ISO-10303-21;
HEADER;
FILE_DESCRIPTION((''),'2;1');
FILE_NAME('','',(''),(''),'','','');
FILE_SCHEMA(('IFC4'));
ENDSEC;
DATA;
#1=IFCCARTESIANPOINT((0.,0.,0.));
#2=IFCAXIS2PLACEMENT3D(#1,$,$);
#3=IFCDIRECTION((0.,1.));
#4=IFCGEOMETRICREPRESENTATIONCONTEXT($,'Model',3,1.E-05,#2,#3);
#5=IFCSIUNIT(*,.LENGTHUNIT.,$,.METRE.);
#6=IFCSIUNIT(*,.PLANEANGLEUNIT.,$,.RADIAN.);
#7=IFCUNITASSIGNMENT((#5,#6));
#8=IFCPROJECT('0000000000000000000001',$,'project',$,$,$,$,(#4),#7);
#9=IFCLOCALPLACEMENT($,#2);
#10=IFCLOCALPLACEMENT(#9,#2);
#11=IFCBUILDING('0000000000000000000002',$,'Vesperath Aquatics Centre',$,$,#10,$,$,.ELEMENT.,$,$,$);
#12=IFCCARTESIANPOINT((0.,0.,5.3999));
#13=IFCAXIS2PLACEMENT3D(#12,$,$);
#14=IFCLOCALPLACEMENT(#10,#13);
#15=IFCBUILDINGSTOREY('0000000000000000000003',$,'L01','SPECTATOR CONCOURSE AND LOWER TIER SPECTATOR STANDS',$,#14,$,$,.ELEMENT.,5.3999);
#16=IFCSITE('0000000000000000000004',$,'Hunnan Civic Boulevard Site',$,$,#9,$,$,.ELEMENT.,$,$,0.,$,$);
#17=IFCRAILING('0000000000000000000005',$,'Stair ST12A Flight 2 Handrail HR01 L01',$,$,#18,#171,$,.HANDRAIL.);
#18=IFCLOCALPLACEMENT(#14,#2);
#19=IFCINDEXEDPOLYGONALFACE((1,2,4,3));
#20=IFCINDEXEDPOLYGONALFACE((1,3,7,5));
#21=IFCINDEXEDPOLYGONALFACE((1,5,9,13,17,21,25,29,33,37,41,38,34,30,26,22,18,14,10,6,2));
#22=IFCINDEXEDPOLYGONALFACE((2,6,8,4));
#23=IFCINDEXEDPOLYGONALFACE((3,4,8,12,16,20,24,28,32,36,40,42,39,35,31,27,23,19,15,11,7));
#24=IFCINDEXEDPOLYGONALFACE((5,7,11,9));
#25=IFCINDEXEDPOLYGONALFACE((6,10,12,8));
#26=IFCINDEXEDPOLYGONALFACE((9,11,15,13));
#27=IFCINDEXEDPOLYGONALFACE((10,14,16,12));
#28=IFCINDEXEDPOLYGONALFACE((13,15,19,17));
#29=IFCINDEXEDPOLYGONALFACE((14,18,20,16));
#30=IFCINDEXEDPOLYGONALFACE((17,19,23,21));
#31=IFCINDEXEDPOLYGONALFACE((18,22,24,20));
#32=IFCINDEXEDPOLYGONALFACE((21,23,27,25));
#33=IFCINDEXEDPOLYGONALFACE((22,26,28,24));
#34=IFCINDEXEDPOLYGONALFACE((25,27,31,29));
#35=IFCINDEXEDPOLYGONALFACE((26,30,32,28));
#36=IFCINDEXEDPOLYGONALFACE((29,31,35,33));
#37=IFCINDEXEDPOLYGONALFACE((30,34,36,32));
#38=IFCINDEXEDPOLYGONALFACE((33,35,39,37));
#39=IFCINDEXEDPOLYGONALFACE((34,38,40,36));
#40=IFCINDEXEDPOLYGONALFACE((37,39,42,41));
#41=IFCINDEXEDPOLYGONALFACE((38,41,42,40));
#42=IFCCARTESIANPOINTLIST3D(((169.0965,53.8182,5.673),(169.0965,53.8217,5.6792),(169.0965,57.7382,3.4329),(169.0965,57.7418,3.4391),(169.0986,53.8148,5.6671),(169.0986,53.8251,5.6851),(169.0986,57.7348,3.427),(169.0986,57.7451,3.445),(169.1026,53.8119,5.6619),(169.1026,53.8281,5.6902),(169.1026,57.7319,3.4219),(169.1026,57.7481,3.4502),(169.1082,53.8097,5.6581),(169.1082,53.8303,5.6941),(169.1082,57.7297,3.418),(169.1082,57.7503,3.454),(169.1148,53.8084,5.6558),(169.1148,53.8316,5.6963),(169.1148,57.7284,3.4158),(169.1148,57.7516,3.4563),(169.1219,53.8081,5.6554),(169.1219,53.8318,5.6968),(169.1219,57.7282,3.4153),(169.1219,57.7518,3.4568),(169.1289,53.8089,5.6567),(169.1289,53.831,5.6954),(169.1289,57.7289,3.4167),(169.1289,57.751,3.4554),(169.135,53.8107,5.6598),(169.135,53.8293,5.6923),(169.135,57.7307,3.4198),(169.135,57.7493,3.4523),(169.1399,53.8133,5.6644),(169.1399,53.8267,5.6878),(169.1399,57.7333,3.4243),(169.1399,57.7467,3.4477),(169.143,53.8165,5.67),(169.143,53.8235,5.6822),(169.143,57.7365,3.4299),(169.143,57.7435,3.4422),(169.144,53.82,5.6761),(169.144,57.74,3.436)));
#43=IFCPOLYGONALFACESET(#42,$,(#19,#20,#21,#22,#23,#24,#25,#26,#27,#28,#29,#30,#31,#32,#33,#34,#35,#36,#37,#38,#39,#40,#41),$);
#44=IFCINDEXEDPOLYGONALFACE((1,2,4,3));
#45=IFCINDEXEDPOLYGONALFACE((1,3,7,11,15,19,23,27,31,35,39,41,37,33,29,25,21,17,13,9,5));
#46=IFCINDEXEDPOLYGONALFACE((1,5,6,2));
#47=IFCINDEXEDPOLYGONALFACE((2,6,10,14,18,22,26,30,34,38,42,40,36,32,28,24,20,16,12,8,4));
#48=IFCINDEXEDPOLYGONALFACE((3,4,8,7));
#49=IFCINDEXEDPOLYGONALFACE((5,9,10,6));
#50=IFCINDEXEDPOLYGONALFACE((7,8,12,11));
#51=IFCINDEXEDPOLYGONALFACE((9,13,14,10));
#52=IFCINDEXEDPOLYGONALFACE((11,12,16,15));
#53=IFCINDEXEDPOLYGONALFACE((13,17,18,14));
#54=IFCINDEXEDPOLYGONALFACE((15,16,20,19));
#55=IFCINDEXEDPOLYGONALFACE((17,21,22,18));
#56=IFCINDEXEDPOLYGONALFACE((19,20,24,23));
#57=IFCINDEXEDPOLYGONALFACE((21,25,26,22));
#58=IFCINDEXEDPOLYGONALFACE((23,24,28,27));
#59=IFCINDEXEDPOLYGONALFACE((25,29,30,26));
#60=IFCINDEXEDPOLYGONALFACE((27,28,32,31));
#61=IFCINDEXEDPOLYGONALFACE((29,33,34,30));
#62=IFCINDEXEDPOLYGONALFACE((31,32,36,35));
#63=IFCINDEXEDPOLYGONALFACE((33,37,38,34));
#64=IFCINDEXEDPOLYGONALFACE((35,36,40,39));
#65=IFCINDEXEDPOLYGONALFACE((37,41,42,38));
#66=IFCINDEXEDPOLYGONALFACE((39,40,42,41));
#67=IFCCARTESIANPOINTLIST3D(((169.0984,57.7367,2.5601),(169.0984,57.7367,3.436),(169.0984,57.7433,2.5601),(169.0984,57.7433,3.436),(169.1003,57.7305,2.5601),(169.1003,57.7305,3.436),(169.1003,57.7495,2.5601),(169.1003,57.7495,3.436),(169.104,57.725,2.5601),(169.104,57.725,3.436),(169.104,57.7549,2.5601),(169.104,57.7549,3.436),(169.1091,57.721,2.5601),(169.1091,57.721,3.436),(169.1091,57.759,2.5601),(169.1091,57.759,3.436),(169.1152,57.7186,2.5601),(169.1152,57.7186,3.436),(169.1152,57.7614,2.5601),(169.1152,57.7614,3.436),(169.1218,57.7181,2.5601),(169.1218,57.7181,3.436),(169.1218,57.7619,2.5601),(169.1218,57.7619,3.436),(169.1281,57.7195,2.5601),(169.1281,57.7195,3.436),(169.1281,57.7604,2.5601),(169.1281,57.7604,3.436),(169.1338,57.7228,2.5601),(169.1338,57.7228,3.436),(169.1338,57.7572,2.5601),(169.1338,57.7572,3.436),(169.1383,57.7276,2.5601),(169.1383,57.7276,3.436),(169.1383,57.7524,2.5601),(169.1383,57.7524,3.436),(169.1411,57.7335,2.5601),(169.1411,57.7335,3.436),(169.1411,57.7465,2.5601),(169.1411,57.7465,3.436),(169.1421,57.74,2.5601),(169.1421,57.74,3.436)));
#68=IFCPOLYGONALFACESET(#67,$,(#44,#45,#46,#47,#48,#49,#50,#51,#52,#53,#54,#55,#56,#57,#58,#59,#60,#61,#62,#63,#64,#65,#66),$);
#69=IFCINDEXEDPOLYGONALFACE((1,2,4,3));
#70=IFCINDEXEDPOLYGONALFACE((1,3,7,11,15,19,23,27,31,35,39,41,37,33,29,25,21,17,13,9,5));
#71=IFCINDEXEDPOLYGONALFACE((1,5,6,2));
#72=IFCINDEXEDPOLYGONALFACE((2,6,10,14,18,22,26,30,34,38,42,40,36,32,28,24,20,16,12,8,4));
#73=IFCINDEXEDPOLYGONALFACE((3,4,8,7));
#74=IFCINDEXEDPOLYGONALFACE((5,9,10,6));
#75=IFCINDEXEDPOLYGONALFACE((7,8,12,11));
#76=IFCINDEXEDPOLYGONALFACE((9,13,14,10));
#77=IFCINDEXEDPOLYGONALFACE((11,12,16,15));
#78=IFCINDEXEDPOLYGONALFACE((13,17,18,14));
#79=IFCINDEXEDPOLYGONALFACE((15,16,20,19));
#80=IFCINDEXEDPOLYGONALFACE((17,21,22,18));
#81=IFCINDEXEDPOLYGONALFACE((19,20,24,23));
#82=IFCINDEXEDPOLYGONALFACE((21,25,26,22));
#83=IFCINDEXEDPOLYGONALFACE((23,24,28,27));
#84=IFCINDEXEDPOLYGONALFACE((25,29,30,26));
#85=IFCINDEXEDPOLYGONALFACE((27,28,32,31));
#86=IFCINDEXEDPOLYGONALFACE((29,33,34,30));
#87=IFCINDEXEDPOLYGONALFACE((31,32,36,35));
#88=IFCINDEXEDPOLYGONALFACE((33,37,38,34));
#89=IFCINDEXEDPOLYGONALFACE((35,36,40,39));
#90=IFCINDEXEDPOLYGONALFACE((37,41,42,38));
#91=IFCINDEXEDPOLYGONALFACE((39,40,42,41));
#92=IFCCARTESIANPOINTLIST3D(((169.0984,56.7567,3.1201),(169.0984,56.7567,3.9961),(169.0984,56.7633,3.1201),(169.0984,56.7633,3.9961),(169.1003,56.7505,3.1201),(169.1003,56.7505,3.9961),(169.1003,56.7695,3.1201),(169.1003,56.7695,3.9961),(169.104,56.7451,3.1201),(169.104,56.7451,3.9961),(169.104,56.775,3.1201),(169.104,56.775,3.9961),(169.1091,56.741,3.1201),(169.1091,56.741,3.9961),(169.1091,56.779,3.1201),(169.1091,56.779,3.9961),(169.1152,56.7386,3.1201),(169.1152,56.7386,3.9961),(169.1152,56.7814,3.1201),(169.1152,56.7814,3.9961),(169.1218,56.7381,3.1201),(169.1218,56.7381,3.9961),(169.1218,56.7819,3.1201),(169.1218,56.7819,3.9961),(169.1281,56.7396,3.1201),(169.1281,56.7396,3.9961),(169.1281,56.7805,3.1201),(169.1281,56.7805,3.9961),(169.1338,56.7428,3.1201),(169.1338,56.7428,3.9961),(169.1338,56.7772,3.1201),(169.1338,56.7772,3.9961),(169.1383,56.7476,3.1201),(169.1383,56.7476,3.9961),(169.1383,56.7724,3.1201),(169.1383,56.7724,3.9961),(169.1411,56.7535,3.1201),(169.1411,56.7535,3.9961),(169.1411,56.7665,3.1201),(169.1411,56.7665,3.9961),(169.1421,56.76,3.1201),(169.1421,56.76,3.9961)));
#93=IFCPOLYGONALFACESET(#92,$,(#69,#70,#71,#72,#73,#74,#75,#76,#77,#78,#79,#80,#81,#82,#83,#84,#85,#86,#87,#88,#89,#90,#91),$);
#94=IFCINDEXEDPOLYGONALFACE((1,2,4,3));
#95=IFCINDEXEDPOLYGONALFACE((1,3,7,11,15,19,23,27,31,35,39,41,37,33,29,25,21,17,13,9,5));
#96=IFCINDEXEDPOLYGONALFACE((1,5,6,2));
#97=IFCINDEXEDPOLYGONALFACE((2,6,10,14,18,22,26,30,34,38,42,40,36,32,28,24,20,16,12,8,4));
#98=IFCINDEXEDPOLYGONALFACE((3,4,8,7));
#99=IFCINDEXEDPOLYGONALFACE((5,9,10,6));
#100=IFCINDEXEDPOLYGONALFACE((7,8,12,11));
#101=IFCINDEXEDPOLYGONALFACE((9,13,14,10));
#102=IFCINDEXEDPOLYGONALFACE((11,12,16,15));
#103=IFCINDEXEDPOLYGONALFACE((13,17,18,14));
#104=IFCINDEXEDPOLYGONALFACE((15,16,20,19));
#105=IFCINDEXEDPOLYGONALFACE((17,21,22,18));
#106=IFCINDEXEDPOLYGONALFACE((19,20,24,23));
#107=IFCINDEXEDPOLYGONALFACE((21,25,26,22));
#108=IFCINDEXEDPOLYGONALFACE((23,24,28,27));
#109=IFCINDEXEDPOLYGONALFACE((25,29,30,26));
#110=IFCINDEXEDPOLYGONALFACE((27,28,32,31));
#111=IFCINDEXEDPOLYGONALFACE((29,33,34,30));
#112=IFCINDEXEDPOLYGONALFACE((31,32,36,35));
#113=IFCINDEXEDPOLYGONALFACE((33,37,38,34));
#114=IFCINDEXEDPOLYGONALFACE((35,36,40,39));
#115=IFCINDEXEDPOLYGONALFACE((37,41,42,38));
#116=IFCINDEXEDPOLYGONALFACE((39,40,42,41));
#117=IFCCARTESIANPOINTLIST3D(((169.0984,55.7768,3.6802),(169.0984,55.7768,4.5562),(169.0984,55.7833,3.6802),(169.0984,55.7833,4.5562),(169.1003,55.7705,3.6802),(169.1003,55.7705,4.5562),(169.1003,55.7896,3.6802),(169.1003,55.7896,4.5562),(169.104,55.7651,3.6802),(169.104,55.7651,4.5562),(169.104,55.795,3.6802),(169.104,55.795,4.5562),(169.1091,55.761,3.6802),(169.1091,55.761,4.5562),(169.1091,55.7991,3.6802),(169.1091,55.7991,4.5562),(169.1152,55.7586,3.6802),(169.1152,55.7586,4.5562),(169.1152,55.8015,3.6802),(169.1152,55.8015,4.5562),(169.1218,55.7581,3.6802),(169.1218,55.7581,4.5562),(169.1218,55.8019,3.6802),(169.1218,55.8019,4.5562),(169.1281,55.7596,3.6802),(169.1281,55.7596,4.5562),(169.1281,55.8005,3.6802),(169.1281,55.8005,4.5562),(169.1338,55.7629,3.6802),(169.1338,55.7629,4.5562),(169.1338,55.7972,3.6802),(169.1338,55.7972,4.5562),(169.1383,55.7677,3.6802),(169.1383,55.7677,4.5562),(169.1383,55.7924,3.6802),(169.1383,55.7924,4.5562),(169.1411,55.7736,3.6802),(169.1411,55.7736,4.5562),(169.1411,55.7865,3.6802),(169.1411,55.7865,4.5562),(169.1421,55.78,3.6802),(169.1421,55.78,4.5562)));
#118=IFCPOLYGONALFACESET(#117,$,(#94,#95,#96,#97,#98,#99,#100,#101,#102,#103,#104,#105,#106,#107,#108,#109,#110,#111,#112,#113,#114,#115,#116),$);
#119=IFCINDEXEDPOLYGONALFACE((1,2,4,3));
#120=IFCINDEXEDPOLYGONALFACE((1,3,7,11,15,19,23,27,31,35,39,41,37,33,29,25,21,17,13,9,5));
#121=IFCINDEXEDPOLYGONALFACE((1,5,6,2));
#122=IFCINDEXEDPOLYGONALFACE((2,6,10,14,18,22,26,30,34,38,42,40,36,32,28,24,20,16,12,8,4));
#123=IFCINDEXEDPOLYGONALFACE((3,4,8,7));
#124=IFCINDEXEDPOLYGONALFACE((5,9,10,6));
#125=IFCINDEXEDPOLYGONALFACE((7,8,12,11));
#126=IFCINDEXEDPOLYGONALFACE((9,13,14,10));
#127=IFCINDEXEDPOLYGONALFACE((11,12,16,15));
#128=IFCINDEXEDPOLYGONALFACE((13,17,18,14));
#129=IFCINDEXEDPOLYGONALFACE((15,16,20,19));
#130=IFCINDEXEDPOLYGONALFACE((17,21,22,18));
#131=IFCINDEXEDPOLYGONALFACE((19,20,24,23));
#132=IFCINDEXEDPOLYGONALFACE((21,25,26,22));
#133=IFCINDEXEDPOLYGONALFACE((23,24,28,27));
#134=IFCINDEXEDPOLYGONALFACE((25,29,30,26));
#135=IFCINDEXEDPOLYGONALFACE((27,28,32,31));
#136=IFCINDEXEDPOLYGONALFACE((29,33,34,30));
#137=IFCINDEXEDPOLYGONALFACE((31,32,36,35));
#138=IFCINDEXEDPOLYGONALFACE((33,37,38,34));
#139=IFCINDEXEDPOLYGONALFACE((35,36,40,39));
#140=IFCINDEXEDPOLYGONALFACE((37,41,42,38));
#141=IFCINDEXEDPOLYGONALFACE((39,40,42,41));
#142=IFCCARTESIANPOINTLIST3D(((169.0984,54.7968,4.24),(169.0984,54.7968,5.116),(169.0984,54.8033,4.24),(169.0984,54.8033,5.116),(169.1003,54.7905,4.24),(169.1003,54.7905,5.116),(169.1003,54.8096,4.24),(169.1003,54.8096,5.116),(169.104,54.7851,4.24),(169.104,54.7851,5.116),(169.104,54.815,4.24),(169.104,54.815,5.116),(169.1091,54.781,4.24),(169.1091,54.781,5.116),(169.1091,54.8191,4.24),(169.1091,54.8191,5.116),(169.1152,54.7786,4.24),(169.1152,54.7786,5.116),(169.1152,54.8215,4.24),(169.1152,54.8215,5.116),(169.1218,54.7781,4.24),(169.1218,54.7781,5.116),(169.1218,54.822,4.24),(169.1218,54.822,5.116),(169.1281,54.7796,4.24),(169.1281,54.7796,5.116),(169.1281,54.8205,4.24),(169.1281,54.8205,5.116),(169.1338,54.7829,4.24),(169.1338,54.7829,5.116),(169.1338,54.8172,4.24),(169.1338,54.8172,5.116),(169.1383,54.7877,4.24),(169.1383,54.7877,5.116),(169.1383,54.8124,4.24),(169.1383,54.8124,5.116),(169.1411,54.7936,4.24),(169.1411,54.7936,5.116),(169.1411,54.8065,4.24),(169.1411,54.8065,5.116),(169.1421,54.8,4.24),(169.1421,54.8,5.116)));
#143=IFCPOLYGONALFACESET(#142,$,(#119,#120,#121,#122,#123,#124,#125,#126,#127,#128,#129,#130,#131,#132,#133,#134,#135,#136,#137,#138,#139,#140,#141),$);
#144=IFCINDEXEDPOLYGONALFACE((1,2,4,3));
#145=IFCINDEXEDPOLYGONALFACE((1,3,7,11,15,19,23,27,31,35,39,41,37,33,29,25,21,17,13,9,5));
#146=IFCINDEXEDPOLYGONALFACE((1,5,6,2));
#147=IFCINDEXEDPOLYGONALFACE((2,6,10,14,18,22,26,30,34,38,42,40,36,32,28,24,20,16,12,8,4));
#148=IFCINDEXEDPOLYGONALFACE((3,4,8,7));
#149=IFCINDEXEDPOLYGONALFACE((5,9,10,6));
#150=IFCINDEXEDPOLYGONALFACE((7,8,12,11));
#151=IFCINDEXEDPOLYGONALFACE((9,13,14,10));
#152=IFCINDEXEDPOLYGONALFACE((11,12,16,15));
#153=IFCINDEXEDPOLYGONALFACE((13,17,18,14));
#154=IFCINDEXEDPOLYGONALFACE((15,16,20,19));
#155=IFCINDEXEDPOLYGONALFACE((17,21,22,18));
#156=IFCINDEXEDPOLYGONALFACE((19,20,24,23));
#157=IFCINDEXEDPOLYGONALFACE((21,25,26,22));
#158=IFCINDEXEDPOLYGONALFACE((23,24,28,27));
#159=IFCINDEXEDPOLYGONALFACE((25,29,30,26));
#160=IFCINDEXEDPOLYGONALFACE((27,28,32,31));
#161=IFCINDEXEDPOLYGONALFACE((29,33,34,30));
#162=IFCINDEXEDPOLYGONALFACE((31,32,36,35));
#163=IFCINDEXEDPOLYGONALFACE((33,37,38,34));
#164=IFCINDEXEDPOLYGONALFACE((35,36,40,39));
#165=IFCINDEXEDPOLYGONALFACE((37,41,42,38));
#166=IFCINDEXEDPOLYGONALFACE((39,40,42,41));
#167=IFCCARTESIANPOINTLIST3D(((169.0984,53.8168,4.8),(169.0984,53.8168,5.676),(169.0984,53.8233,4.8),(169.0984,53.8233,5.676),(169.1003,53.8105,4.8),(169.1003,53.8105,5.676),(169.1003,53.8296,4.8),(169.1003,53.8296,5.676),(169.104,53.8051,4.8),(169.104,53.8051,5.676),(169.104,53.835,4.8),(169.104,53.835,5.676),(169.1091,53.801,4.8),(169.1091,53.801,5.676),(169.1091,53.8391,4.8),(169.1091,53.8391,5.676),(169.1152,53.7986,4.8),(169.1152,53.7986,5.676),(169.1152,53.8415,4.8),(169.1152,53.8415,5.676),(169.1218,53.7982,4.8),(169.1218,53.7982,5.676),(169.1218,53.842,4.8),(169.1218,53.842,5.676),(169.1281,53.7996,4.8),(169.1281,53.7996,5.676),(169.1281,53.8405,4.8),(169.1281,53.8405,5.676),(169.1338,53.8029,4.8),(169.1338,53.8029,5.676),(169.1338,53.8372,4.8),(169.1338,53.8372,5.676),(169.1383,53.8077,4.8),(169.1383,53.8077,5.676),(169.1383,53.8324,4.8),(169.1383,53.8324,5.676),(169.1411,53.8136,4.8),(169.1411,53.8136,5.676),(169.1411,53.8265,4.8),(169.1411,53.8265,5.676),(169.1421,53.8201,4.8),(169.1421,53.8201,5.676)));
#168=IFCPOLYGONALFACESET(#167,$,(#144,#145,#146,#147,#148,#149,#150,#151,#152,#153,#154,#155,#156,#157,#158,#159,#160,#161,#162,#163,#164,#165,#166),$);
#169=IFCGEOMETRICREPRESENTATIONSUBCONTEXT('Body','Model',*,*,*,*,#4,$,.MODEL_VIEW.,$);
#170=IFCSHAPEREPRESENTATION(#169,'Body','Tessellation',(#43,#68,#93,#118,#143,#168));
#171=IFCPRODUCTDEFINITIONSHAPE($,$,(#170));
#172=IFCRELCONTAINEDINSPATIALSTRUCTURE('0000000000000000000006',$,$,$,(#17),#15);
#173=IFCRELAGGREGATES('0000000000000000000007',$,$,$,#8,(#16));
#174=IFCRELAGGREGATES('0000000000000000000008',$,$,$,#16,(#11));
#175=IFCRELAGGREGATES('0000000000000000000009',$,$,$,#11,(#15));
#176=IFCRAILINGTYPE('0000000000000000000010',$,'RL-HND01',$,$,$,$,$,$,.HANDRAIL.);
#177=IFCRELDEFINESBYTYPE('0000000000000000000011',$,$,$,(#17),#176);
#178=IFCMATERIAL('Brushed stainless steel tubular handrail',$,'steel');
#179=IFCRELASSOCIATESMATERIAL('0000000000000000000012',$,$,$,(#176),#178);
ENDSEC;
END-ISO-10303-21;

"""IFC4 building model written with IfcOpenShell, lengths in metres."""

from ifc_helpers import new_model, si_unit, direction, frame, origin, origin_2d, place, context, subcontext, project, spatial, circle, extrude, material, type_object, element, save


model = new_model("IFC4")

# Units and contexts
model_context = context("Model", 3, precision=1e-05, world=origin(), true_north=direction((0.0, 1.0)))
body_context = subcontext(model_context, "Body", "Model", "MODEL_VIEW")
ifc_project = project(units=[si_unit("LENGTHUNIT", "METRE"), si_unit("PLANEANGLEUNIT", "RADIAN")], contexts=[model_context])

# Site, building, storey
site_placement = place(None, origin())
site = spatial("IfcSite", under=ifc_project, at=site_placement, Name="Hunnan Civic Boulevard Site", CompositionType="ELEMENT", RefElevation=0.0)
building_placement = place(site_placement, origin())
building = spatial("IfcBuilding", under=site, at=building_placement, Name="Vesperath Aquatics Centre", CompositionType="ELEMENT")
storey_placement = place(building_placement, frame((0.0, 0.0, 5.3999)))
storey = spatial("IfcBuildingStorey", under=building, at=storey_placement, Name="L01", Description="SPECTATOR CONCOURSE AND LOWER TIER SPECTATOR STANDS", CompositionType="ELEMENT", Elevation=5.3999)

# Railing
ifc_material_1 = material(Name="Brushed stainless steel tubular handrail", Category="steel")
railing_type_1 = type_object("IfcRailingType", Name="RL-HND01", PredefinedType="HANDRAIL", material=ifc_material_1)
railing_1_placement = place(storey_placement, frame((169.1201, 57.74, 2.5601)))
element("IfcRailing", 1, at=railing_1_placement, inside=storey, type_object=railing_type_1, Name="Stair ST12A Flight 2 Handrail HR01 L01", PredefinedType="HANDRAIL", context=body_context, shape_type="SweptSolid", body=[
    extrude(circle(Radius=0.0239, at=origin_2d()), frame((0.0, 0.0, 0.876), z_axis=(0.0, -0.86824, 0.496145), x_axis=(1.0, 0.0, 0.0)), (0.0, 0.0, 1.0), 4.5149),
    extrude(circle(Radius=0.022, at=origin_2d()), origin(), (0.0, 0.0, 1.0), 0.876),
    extrude(circle(Radius=0.022, at=origin_2d()), frame((0.0, -0.98, 0.5601)), (0.0, 0.0, 1.0), 0.876),
    extrude(circle(Radius=0.022, at=origin_2d()), frame((0.0, -1.96, 1.1201)), (0.0, 0.0, 1.0), 0.876),
    extrude(circle(Radius=0.022, at=origin_2d()), frame((0.0, -2.9399, 1.6799)), (0.0, 0.0, 1.0), 0.876),
    extrude(circle(Radius=0.022, at=origin_2d()), frame((0.0, -3.9199, 2.24)), (0.0, 0.0, 1.0), 0.876),
])

save(model, "model.ifc")
